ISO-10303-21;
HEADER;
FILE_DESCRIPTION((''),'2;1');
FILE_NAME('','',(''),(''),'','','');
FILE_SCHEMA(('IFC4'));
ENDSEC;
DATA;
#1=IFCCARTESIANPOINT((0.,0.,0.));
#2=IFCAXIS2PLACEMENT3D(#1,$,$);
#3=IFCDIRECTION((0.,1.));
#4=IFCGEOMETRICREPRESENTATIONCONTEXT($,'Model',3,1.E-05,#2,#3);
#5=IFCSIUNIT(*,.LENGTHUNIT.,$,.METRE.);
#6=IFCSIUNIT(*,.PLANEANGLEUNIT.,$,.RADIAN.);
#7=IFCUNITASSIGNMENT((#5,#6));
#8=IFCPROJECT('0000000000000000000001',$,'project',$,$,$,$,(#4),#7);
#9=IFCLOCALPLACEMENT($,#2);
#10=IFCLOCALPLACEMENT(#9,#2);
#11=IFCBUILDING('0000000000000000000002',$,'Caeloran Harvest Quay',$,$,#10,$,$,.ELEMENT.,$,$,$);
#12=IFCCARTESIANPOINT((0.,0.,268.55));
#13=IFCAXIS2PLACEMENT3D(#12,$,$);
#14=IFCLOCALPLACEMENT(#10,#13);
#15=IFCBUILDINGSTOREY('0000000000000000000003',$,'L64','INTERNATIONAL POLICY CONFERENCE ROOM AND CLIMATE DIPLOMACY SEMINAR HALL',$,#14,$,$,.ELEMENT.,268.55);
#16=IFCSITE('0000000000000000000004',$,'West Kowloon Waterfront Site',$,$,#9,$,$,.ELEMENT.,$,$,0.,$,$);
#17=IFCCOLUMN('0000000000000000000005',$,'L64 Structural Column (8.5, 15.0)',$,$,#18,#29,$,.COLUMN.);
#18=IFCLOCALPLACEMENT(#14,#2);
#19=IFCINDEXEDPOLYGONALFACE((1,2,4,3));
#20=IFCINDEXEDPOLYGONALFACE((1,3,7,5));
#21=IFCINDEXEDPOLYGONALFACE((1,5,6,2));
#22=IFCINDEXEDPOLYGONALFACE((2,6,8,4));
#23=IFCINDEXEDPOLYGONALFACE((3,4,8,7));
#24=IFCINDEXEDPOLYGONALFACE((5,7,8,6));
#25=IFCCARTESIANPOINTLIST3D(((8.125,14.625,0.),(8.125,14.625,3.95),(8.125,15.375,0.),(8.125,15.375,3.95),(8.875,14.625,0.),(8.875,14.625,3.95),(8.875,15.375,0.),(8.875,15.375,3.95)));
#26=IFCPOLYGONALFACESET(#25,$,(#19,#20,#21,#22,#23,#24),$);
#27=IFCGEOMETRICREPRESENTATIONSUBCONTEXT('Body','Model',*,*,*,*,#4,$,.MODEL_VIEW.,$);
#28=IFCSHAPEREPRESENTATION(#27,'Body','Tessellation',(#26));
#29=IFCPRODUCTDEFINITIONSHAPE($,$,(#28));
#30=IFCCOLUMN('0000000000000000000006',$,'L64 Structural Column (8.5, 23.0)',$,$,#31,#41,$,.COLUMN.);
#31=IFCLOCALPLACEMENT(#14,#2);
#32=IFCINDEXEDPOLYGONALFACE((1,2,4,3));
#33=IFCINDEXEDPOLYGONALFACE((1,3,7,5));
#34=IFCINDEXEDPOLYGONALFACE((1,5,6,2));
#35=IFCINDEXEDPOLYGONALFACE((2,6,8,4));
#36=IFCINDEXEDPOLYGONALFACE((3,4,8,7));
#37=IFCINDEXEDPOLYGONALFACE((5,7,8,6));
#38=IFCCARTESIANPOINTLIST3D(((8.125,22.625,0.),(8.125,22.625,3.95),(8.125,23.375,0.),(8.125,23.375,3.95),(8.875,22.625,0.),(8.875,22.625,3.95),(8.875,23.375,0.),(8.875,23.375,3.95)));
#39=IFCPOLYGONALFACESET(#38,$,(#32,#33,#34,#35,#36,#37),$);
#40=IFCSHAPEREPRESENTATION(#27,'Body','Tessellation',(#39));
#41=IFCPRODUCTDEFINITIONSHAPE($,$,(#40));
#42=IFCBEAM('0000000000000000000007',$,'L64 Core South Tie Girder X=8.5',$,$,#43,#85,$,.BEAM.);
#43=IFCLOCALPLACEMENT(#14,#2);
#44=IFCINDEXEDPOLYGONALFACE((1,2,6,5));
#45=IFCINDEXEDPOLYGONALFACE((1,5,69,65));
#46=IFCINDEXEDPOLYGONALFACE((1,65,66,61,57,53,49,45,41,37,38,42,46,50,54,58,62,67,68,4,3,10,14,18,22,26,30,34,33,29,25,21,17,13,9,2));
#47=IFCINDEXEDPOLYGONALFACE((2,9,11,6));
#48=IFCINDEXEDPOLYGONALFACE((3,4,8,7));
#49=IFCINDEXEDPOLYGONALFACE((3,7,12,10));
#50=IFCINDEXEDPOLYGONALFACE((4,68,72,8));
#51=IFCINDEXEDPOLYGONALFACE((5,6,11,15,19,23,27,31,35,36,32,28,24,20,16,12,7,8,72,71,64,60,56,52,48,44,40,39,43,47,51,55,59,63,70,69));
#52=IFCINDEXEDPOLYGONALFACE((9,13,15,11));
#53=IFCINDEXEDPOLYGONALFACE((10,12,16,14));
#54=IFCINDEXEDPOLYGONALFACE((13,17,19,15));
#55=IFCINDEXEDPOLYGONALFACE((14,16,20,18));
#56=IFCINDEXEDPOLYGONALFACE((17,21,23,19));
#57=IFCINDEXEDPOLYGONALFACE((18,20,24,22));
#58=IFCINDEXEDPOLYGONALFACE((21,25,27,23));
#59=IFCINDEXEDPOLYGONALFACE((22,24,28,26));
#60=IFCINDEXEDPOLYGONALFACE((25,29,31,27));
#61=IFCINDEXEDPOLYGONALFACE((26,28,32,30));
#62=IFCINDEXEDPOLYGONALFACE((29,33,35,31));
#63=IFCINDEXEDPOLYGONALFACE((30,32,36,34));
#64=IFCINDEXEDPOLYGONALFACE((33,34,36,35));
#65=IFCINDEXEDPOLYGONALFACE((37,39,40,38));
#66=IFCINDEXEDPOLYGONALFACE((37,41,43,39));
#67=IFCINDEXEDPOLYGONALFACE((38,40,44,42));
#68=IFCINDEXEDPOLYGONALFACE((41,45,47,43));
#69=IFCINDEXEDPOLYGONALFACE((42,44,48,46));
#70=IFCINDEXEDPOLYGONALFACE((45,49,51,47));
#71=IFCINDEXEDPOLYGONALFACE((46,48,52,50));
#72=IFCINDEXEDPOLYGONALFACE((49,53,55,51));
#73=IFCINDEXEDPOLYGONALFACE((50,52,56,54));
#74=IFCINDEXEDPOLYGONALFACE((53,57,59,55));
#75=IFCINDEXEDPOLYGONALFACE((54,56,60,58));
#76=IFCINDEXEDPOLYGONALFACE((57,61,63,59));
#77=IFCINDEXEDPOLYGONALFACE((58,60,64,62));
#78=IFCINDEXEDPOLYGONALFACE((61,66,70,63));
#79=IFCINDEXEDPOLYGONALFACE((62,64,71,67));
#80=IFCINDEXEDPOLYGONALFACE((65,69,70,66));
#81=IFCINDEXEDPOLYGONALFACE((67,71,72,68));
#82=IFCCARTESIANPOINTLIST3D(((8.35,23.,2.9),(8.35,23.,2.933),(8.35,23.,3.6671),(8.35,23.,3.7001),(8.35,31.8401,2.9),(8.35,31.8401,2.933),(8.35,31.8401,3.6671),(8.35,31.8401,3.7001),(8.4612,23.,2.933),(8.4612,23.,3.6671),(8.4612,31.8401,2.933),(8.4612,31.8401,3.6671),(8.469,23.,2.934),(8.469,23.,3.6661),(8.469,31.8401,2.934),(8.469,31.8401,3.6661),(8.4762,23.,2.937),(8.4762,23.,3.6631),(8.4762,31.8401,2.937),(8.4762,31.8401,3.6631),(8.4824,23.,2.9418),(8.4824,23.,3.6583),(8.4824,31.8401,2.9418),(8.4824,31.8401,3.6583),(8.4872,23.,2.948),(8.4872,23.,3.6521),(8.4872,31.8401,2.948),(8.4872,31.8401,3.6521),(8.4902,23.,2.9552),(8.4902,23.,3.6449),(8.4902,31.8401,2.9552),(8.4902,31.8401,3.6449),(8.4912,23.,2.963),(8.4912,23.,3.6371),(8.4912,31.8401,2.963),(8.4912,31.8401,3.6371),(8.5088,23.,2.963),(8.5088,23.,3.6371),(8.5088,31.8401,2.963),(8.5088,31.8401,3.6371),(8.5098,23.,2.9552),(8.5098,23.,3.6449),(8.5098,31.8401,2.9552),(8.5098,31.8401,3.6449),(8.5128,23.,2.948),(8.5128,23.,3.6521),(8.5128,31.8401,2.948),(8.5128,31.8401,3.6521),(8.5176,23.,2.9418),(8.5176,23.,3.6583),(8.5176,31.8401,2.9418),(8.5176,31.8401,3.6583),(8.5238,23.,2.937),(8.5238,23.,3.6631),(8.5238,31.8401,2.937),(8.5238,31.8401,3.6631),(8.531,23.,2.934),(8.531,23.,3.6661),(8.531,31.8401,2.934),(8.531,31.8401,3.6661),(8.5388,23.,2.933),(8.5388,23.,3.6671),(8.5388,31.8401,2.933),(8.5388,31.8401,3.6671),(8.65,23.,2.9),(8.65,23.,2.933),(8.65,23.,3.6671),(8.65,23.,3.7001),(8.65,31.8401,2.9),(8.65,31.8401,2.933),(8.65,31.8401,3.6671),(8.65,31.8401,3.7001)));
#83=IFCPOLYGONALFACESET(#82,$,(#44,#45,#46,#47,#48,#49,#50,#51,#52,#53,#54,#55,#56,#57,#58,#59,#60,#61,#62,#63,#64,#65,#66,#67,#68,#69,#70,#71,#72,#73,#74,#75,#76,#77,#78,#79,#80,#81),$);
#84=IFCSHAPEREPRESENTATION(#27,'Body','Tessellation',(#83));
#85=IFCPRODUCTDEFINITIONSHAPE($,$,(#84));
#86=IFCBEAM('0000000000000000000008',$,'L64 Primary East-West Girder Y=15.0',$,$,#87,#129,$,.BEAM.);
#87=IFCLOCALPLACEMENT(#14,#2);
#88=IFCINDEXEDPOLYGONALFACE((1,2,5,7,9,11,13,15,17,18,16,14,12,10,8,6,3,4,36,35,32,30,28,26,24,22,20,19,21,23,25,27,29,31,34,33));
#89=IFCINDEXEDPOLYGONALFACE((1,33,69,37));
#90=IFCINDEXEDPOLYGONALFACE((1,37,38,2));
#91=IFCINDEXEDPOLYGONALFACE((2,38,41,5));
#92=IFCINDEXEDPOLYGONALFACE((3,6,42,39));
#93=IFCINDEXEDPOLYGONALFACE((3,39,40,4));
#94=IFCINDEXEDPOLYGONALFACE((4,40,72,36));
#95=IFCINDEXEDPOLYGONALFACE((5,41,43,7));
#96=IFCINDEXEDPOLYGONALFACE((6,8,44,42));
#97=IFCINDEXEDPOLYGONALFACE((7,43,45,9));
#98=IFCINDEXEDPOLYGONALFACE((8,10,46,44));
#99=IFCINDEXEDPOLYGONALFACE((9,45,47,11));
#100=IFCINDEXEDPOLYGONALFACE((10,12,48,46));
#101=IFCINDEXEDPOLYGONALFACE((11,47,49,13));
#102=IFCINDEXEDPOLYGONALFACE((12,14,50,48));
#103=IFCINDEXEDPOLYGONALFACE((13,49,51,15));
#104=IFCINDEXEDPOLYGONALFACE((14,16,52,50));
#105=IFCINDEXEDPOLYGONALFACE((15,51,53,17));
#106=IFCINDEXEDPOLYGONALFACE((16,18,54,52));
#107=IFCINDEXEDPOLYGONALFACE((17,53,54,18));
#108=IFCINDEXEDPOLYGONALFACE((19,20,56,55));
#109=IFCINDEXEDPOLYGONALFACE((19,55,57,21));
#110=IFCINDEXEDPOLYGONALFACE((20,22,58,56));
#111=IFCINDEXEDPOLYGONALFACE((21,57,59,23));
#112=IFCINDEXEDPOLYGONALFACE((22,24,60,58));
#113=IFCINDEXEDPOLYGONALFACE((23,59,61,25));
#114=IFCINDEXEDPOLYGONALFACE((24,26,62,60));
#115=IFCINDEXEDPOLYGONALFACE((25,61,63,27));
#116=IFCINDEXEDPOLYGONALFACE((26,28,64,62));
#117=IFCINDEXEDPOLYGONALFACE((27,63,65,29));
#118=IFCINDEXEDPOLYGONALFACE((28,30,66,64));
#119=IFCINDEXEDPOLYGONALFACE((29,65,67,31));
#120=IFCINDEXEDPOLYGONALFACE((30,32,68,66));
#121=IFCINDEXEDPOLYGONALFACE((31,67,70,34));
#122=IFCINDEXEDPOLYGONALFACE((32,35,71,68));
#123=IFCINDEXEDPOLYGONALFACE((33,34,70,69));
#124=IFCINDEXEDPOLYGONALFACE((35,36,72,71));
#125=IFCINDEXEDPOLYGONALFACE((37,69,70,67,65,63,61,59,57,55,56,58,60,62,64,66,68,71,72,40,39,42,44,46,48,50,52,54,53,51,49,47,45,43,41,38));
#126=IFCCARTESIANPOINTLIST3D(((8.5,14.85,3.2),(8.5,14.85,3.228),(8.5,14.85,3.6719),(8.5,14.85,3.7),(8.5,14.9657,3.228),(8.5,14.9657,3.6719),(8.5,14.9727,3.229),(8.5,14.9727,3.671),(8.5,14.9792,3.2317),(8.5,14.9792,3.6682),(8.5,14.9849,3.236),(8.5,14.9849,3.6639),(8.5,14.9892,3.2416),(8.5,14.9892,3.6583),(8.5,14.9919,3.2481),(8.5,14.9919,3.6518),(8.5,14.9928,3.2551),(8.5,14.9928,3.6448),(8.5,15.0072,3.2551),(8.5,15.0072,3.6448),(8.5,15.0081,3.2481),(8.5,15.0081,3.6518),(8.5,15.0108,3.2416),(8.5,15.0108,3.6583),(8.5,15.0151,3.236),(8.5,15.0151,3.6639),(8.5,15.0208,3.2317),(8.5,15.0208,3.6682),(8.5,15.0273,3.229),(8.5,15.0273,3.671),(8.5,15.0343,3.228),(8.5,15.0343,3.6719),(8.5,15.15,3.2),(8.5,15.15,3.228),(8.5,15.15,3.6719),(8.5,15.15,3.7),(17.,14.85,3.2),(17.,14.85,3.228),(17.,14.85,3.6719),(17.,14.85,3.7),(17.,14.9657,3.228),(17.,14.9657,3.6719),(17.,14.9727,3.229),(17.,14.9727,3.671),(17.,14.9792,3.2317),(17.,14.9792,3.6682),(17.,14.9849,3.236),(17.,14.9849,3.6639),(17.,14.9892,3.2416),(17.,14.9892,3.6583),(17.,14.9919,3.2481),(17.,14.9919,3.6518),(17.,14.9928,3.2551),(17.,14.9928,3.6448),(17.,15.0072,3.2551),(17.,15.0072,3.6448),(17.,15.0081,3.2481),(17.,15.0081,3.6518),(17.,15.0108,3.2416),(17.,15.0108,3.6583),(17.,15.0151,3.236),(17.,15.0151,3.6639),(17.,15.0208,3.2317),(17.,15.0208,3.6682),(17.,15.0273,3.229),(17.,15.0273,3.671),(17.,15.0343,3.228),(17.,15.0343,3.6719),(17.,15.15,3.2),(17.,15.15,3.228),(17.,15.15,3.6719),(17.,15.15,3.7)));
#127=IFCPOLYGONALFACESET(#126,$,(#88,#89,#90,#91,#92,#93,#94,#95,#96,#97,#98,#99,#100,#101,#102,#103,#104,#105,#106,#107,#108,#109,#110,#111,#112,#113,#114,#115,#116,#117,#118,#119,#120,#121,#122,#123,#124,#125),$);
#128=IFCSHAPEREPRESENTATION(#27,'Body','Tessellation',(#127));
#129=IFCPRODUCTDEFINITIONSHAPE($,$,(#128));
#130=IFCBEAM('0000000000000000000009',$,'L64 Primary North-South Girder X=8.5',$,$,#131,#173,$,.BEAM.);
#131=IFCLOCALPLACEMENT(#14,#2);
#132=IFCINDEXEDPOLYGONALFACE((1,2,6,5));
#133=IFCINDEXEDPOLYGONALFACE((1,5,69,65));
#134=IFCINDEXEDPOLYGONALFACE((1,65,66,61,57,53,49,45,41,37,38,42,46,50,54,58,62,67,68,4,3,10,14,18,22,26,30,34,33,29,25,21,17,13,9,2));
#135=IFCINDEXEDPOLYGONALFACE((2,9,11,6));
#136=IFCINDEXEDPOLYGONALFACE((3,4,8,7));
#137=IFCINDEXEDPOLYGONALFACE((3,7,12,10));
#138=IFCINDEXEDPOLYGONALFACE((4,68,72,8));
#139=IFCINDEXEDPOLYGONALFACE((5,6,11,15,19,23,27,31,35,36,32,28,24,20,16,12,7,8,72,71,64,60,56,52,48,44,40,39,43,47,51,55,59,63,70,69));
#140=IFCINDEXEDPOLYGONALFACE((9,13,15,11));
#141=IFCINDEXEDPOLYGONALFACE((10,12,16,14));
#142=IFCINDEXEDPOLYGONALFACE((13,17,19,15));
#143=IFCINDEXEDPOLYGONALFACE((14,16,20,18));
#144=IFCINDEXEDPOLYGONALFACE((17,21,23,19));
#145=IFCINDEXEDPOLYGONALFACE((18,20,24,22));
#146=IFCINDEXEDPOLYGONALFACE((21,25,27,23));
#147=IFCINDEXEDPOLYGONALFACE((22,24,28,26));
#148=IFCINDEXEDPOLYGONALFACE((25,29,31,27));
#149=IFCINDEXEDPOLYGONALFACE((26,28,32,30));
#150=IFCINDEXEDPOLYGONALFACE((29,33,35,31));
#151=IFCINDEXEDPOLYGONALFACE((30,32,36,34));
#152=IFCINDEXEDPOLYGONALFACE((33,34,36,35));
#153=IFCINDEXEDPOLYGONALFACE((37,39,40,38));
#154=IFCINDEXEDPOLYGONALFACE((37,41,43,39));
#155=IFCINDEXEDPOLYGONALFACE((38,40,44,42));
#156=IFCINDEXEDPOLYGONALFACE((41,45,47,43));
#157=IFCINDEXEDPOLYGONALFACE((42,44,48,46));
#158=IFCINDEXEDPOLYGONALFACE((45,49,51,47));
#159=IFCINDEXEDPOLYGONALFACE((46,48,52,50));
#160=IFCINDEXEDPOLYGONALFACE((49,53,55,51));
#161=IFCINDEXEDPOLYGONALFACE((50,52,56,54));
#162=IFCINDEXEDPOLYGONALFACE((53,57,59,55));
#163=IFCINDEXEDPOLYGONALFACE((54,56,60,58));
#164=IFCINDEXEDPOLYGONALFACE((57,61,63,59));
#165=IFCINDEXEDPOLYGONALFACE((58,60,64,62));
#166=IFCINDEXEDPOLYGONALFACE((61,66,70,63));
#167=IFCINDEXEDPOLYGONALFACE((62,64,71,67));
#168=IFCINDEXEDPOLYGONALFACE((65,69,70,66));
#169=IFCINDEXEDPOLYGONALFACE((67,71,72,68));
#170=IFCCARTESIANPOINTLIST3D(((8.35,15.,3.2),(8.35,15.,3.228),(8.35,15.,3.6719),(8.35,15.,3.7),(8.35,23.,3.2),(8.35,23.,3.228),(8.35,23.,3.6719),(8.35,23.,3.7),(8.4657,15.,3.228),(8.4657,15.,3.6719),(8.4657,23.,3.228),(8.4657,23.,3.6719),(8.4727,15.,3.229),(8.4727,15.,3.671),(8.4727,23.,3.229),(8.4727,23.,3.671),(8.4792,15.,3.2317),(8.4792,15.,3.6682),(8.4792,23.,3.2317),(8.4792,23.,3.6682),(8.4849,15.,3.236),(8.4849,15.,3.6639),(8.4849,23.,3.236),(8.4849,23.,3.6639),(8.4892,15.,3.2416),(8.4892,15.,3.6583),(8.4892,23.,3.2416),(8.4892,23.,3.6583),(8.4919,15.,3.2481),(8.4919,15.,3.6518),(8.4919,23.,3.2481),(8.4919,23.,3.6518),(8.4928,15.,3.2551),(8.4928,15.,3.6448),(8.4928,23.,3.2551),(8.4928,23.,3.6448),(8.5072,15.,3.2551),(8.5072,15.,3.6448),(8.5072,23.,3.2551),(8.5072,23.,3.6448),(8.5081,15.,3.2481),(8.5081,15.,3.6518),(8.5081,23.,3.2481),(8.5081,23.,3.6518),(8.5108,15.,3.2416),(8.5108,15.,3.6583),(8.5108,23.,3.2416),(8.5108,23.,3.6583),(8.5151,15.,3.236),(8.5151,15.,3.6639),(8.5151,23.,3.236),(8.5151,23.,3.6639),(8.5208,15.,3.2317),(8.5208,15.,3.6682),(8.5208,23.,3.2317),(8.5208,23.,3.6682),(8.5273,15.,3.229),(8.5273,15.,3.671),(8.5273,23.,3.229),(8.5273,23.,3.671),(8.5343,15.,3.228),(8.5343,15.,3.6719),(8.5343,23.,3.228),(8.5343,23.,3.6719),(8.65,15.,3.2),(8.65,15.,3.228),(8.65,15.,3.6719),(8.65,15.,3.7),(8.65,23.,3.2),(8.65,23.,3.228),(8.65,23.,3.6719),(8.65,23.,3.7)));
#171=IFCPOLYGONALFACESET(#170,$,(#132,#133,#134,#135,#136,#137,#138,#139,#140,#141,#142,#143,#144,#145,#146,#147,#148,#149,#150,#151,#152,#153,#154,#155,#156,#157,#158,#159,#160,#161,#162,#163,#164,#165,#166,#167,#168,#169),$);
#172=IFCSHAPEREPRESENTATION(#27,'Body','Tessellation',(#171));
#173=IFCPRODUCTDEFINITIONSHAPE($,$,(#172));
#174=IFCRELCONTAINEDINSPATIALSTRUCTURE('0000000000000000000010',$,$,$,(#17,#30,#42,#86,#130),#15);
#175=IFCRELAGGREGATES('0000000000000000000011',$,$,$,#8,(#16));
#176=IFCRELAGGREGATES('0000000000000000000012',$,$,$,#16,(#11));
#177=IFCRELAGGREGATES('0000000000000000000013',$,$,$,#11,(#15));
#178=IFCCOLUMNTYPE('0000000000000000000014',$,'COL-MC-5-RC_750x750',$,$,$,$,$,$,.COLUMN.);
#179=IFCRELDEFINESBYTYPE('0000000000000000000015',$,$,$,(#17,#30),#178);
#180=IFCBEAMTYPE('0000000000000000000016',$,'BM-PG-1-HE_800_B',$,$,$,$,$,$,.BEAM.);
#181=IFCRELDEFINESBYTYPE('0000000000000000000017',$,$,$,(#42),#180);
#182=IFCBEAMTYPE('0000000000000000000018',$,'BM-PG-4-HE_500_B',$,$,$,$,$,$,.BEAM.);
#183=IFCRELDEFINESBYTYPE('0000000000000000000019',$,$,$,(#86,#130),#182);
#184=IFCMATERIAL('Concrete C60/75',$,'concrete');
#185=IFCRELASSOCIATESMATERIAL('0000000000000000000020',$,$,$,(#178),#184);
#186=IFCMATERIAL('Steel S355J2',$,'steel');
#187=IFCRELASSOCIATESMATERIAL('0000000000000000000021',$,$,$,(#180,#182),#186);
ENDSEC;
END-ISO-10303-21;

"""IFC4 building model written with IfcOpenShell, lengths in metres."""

from ifc_helpers import new_model, si_unit, direction, frame, origin, origin_2d, place, context, subcontext, project, spatial, rectangle, i_section, extrude, material, material_profile, profile_set, type_object, element, save


model = new_model("IFC4")

# Units and contexts
model_context = context("Model", 3, precision=1e-05, world=origin(), true_north=direction((0.0, 1.0)))
body_context = subcontext(model_context, "Body", "Model", "MODEL_VIEW")
ifc_project = project(units=[si_unit("LENGTHUNIT", "METRE"), si_unit("PLANEANGLEUNIT", "RADIAN")], contexts=[model_context])

# Site, building, storey
site_placement = place(None, origin())
site = spatial("IfcSite", under=ifc_project, at=site_placement, Name="West Kowloon Waterfront Site", CompositionType="ELEMENT", RefElevation=0.0)
building_placement = place(site_placement, origin())
building = spatial("IfcBuilding", under=site, at=building_placement, Name="Caeloran Harvest Quay", CompositionType="ELEMENT")
storey_placement = place(building_placement, frame((0.0, 0.0, 268.55)))
storey = spatial("IfcBuildingStorey", under=building, at=storey_placement, Name="L64", Description="INTERNATIONAL POLICY CONFERENCE ROOM AND CLIMATE DIPLOMACY SEMINAR HALL", CompositionType="ELEMENT", Elevation=268.55)

# Columns
ifc_material_1 = material(Name="Concrete C60/75", Category="concrete")
ifc_material_profile_1 = material_profile(ifc_material_1, rectangle(XDim=0.75, YDim=0.75, at=origin_2d()), Name="RC 750x750")
ifc_profile_set_1 = profile_set([ifc_material_profile_1], Name="Concrete C60/75")
column_type = type_object("IfcColumnType", Name="COL-MC-5-RC_750x750", PredefinedType="COLUMN", material=ifc_profile_set_1)
for number, where, z_axis, x_axis, name in (
    (1, (8.5, 15.0, 0.0), (0.0, 0.0, 1.0), (1.0, 0.0, 0.0), "L64 Structural Column (8.5, 15.0)"),
    (2, (8.5, 23.0, 0.0), (0.0, 0.0, 1.0), (1.0, 0.0, 0.0), "L64 Structural Column (8.5, 23.0)"),
):
    element("IfcColumn", number, at=place(storey_placement, frame(where, z_axis=z_axis, x_axis=x_axis)), inside=storey, type_object=column_type, Name=name, PredefinedType="COLUMN", context=body_context, shape_type="SweptSolid", body=[
        extrude(rectangle(XDim=0.75, YDim=0.75, at=origin_2d()), origin(), (0.0, 0.0, 1.0), 3.95),
    ])

# Beams
ifc_material_2 = material(Name="Steel S355J2", Category="steel")
ifc_material_profile_2 = material_profile(ifc_material_2, i_section(OverallWidth=0.3, OverallDepth=0.8, WebThickness=0.0176, FlangeThickness=0.033, FilletRadius=0.03, at=origin_2d()), Name="HE 800 B")
ifc_profile_set_2 = profile_set([ifc_material_profile_2], Name="Steel S355J2")
beam_type_1 = type_object("IfcBeamType", Name="BM-PG-1-HE_800_B", PredefinedType="BEAM", material=ifc_profile_set_2)
beam_1_placement = place(storey_placement, frame((8.5, 23.0, 3.3), z_axis=(0.0, 1.0, 0.0), x_axis=(-1.0, 0.0, 0.0)))
element("IfcBeam", 3, at=beam_1_placement, inside=storey, type_object=beam_type_1, Name="L64 Core South Tie Girder X=8.5", PredefinedType="BEAM", context=body_context, shape_type="SweptSolid", body=[
    extrude(i_section(OverallWidth=0.3, OverallDepth=0.8, WebThickness=0.0176, FlangeThickness=0.033, FilletRadius=0.03, at=origin_2d()), origin(), (0.0, 0.0, 1.0), 8.8401),
])
ifc_material_profile_3 = material_profile(ifc_material_2, i_section(OverallWidth=0.3, OverallDepth=0.5, WebThickness=0.0144, FlangeThickness=0.0281, FilletRadius=0.0271, at=origin_2d()), Name="HE 500 B")
ifc_profile_set_3 = profile_set([ifc_material_profile_3], Name="Steel S355J2")
beam_type_2 = type_object("IfcBeamType", Name="BM-PG-4-HE_500_B", PredefinedType="BEAM", material=ifc_profile_set_3)
beam_2_placement = place(storey_placement, frame((8.5, 15.0, 3.45), z_axis=(1.0, 0.0, 0.0), x_axis=(0.0, 1.0, 0.0)))
element("IfcBeam", 4, at=beam_2_placement, inside=storey, type_object=beam_type_2, Name="L64 Primary East-West Girder Y=15.0", PredefinedType="BEAM", context=body_context, shape_type="SweptSolid", body=[
    extrude(i_section(OverallWidth=0.3, OverallDepth=0.5, WebThickness=0.0144, FlangeThickness=0.0281, FilletRadius=0.0271, at=origin_2d()), origin(), (0.0, 0.0, 1.0), 8.5),
])
beam_3_placement = place(storey_placement, frame((8.5, 15.0, 3.45), z_axis=(0.0, 1.0, 0.0), x_axis=(-1.0, 0.0, 0.0)))
element("IfcBeam", 5, at=beam_3_placement, inside=storey, type_object=beam_type_2, Name="L64 Primary North-South Girder X=8.5", PredefinedType="BEAM", context=body_context, shape_type="SweptSolid", body=[
    extrude(i_section(OverallWidth=0.3, OverallDepth=0.5, WebThickness=0.0144, FlangeThickness=0.0281, FilletRadius=0.0271, at=origin_2d()), origin(), (0.0, 0.0, 1.0), 8.0),
])

save(model, "model.ifc")
